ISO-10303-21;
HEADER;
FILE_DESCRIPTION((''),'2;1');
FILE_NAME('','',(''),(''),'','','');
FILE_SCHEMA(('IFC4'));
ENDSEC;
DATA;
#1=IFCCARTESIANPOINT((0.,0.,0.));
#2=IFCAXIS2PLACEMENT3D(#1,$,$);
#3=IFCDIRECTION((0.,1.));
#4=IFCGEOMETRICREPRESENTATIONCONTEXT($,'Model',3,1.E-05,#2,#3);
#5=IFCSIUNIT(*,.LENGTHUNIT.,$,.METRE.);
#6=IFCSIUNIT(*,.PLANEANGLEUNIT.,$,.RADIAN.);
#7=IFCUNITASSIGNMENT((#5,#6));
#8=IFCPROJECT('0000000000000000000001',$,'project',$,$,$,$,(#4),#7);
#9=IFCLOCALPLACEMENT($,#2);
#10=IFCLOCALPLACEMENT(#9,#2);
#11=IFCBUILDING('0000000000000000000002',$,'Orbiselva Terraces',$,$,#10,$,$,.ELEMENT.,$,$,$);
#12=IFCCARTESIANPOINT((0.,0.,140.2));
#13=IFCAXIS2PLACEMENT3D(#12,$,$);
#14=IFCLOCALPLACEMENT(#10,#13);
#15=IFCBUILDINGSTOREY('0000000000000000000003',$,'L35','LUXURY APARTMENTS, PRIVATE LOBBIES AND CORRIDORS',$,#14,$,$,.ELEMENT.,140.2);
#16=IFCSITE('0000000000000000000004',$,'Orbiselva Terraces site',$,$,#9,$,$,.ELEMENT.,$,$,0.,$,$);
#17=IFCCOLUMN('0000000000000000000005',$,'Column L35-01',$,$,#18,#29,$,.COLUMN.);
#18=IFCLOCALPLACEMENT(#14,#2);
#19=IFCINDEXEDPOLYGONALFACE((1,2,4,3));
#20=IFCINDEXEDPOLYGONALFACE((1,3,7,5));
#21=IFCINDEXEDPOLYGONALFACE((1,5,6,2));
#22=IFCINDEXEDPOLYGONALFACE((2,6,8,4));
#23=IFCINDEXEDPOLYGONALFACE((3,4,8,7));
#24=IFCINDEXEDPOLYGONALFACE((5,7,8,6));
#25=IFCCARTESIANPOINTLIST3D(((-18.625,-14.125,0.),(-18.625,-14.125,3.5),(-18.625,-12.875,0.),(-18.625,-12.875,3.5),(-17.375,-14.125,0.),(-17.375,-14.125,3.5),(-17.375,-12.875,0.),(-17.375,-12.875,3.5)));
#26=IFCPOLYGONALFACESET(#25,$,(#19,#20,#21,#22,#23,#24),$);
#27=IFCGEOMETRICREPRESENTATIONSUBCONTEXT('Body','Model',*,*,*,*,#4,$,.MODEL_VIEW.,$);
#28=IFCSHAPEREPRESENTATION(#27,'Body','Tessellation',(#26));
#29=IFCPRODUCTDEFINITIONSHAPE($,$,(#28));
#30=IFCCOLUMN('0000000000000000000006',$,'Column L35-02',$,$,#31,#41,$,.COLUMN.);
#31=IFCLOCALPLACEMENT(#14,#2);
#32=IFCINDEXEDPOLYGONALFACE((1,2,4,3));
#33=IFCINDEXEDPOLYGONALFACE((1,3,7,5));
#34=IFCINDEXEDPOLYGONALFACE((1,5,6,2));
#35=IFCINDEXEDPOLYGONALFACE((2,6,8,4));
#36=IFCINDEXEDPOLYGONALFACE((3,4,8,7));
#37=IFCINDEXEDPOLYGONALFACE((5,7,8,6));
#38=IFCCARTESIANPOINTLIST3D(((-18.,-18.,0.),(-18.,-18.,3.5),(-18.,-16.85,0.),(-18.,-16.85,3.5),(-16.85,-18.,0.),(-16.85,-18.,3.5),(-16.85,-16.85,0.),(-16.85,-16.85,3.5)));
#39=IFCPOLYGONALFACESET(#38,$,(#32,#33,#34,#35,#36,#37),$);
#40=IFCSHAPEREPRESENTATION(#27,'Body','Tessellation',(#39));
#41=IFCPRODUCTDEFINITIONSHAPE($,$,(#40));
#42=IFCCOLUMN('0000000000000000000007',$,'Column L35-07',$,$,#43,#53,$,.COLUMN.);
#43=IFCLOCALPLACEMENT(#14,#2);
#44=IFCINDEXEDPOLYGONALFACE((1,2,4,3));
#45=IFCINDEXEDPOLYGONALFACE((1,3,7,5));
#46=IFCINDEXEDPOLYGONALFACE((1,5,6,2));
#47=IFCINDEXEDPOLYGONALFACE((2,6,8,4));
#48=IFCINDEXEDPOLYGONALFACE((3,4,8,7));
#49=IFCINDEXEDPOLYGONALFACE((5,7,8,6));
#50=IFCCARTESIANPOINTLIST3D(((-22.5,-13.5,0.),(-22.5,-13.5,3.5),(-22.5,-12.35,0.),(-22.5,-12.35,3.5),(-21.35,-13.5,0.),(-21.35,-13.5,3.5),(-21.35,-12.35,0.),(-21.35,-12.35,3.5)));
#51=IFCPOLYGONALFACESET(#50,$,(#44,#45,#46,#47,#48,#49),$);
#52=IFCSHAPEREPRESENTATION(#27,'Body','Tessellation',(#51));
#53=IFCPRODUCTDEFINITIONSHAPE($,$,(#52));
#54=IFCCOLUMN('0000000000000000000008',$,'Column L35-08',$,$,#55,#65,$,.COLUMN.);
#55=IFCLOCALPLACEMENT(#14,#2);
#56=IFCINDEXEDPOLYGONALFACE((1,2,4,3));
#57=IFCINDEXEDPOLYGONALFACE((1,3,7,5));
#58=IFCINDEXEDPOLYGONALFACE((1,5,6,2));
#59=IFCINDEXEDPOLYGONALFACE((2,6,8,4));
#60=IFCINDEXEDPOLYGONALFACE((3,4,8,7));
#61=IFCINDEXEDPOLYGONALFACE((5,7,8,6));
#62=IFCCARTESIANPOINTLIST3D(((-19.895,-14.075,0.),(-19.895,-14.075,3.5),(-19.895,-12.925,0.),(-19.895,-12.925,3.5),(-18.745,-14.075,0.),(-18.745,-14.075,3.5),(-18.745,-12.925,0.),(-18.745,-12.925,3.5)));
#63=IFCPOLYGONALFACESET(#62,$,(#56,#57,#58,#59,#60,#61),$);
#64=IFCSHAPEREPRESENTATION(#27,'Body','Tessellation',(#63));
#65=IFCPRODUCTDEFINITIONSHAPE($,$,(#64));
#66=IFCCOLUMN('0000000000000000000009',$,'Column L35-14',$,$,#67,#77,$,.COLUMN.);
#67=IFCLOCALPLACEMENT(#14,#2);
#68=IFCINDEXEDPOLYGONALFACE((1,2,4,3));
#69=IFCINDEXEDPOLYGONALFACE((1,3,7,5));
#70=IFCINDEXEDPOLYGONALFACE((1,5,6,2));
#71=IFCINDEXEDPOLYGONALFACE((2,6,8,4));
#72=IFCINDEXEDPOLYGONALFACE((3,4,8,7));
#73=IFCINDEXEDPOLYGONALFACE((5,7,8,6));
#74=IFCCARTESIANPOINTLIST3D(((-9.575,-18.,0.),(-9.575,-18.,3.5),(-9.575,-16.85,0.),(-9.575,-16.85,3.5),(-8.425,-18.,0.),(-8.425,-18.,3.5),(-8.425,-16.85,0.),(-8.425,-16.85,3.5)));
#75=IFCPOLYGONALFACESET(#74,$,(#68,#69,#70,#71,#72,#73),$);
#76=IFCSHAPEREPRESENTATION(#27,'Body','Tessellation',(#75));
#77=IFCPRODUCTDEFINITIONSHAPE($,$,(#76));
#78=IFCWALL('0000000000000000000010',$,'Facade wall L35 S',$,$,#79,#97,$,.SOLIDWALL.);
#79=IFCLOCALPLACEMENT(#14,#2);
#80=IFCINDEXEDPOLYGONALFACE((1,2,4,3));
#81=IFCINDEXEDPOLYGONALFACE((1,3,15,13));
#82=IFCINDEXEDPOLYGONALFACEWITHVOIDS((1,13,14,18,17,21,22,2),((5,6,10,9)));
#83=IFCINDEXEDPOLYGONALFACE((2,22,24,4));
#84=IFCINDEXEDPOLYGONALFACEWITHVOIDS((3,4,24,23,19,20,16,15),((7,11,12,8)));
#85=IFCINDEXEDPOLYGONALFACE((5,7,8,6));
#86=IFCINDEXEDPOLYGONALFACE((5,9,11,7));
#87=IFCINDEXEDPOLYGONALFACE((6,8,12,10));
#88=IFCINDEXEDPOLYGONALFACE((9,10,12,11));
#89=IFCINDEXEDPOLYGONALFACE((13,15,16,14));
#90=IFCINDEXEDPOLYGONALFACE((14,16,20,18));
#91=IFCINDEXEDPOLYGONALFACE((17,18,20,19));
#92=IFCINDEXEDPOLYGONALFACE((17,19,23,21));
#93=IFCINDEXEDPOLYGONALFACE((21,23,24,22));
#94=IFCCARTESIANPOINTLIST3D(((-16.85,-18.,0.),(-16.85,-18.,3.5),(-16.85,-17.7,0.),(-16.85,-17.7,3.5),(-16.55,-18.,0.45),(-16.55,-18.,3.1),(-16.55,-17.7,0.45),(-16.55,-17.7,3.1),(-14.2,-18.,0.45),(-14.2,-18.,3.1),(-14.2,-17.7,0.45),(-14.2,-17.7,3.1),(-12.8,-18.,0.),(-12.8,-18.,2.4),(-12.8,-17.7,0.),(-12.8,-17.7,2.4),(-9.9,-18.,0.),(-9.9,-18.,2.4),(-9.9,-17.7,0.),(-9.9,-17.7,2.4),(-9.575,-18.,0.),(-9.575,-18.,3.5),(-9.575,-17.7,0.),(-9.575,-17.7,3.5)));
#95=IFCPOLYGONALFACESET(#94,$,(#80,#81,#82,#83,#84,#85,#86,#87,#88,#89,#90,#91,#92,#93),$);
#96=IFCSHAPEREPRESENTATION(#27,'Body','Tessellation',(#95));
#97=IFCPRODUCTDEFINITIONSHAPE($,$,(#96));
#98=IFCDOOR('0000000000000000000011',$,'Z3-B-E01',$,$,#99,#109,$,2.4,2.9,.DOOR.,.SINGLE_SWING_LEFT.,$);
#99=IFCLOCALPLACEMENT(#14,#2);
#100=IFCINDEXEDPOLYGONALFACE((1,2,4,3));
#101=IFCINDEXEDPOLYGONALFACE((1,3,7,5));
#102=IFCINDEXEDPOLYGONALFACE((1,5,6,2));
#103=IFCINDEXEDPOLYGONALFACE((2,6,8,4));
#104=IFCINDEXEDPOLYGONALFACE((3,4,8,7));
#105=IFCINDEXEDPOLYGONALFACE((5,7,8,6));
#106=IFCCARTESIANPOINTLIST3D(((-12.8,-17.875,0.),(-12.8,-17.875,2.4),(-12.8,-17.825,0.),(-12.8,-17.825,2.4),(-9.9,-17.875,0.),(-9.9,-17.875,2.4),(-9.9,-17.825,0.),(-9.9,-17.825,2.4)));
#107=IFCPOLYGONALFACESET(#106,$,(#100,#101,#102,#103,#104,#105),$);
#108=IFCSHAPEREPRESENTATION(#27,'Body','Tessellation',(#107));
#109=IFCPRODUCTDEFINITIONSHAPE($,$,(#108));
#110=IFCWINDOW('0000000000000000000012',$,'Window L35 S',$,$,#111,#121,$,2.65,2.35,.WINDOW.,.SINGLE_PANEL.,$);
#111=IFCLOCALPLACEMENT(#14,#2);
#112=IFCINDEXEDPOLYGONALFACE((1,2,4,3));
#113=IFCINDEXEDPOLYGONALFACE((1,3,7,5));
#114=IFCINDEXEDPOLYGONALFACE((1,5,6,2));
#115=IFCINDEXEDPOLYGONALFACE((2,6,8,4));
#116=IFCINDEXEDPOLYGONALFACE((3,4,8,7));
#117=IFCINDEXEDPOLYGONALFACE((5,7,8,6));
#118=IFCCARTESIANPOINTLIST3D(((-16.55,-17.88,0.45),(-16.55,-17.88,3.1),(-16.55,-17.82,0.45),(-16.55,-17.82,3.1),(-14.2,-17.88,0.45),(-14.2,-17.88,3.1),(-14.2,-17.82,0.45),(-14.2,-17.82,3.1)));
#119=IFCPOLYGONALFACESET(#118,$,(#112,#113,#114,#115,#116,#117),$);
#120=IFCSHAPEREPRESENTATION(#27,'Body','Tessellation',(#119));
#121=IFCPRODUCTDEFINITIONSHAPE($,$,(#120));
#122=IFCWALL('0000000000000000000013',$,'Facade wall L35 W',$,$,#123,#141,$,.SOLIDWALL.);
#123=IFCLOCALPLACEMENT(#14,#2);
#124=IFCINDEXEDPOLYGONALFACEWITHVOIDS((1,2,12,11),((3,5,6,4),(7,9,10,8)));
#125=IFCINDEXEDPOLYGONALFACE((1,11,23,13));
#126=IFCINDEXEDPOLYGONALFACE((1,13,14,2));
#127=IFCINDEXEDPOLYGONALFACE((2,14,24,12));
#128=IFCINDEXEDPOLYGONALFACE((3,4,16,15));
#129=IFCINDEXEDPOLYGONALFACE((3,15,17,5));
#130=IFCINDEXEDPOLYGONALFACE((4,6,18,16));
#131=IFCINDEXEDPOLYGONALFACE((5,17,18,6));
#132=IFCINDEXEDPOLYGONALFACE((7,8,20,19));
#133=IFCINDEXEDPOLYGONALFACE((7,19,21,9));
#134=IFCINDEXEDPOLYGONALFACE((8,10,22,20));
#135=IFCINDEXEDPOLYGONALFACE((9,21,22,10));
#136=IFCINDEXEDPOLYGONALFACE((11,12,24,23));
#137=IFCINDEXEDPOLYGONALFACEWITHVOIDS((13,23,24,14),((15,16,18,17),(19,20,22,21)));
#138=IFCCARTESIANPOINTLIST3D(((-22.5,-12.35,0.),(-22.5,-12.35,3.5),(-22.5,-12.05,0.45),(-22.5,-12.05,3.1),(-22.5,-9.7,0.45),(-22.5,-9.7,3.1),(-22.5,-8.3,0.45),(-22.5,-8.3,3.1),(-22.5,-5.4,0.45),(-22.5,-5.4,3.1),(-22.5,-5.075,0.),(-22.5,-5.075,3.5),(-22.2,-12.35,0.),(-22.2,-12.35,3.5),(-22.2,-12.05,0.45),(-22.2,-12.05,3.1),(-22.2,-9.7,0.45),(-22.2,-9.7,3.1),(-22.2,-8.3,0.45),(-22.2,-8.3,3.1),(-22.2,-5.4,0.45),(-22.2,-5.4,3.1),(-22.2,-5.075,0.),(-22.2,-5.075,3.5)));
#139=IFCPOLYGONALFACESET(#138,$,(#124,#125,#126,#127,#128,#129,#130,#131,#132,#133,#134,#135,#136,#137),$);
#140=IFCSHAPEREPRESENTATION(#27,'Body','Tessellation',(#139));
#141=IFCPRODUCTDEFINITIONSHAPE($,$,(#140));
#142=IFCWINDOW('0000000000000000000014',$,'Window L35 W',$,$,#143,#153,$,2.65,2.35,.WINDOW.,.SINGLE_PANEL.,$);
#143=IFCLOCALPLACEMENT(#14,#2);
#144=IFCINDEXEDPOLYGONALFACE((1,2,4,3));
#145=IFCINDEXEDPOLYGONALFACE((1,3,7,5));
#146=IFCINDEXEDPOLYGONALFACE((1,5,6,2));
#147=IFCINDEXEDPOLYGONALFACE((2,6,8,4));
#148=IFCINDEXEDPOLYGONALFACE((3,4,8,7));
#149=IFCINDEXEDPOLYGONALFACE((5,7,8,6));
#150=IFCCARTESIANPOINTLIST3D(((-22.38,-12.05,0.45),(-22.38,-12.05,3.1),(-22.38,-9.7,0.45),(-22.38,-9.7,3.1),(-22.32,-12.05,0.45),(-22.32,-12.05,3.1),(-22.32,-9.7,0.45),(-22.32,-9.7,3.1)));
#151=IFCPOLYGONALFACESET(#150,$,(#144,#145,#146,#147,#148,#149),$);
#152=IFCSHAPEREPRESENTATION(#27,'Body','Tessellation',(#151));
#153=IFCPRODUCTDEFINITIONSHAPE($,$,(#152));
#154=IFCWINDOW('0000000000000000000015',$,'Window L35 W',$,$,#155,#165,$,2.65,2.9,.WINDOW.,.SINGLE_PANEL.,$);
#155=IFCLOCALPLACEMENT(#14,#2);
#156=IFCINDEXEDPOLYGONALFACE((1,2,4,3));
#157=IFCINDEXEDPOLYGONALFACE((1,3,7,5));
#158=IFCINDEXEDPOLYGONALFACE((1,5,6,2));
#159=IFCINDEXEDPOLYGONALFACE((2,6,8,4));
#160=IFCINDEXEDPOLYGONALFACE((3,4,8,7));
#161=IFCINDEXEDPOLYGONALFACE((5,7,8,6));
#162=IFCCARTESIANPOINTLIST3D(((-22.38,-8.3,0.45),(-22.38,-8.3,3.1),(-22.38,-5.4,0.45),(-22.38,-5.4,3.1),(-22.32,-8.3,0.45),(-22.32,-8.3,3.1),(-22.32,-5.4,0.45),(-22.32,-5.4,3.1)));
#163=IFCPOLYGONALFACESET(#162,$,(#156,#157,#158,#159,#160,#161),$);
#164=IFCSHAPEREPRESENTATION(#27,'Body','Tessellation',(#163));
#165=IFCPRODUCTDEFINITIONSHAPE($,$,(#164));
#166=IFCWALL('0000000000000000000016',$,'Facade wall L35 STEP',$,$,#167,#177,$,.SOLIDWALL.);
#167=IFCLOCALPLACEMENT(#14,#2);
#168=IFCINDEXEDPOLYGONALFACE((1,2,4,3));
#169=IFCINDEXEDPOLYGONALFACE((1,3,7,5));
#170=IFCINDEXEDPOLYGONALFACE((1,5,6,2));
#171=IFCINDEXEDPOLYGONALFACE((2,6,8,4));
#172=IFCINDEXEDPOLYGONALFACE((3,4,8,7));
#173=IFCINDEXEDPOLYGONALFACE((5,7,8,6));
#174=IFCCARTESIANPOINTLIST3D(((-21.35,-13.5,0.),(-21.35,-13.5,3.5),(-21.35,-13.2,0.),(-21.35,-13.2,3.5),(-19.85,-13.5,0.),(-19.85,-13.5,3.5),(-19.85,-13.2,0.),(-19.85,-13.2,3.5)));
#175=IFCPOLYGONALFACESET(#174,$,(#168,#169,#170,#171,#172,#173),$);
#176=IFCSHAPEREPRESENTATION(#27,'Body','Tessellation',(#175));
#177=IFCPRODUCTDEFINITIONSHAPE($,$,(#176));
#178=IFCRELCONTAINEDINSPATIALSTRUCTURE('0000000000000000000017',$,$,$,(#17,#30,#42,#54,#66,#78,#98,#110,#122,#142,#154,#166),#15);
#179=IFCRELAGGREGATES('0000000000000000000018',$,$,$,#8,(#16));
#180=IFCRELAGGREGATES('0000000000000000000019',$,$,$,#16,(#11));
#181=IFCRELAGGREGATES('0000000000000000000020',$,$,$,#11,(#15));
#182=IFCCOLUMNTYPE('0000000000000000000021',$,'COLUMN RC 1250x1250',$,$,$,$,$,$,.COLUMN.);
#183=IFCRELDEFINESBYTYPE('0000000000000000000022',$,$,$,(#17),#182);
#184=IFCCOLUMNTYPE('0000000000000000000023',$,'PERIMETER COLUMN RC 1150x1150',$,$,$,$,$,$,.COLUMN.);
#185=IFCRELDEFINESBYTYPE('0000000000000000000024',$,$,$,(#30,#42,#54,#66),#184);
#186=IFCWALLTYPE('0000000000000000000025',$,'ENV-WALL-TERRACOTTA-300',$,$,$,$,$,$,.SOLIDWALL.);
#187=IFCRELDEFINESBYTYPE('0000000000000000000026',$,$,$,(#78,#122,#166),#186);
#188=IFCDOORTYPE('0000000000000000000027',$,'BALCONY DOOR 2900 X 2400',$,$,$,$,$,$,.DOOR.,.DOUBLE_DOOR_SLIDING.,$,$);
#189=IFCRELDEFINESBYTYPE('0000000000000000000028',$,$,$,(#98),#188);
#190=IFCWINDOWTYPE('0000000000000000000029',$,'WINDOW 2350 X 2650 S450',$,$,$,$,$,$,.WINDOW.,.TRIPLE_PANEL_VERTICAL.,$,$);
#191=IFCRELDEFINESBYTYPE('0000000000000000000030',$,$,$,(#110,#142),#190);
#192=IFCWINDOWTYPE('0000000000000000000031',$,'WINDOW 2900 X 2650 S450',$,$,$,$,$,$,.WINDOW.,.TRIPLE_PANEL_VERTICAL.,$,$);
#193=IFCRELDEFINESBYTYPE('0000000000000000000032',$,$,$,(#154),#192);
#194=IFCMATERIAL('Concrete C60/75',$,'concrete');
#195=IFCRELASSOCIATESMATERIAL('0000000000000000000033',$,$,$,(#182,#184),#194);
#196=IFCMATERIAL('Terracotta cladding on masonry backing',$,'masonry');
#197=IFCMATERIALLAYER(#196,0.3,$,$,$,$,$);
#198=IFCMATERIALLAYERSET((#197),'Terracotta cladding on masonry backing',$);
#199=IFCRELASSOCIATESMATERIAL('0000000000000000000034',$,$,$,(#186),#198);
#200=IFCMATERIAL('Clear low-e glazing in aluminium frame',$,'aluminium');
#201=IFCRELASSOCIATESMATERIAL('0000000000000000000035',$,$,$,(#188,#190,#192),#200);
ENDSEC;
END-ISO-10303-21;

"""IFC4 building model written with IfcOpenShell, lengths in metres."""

from ifc_helpers import new_model, si_unit, direction, frame, frame_2d, origin, origin_2d, place, context, subcontext, project, spatial, rectangle, extrude, material, layer, layer_set, material_profile, profile_set, type_object, element, fill, save


model = new_model("IFC4")

# Units and contexts
model_context = context("Model", 3, precision=1e-05, world=origin(), true_north=direction((0.0, 1.0)))
body_context = subcontext(model_context, "Body", "Model", "MODEL_VIEW")
ifc_project = project(units=[si_unit("LENGTHUNIT", "METRE"), si_unit("PLANEANGLEUNIT", "RADIAN")], contexts=[model_context])

# Site, building, storey
site_placement = place(None, origin())
site = spatial("IfcSite", under=ifc_project, at=site_placement, Name="Orbiselva Terraces site", CompositionType="ELEMENT", RefElevation=0.0)
building_placement = place(site_placement, origin())
building = spatial("IfcBuilding", under=site, at=building_placement, Name="Orbiselva Terraces", CompositionType="ELEMENT")
storey_placement = place(building_placement, frame((0.0, 0.0, 140.2)))
storey = spatial("IfcBuildingStorey", under=building, at=storey_placement, Name="L35", Description="LUXURY APARTMENTS, PRIVATE LOBBIES AND CORRIDORS", CompositionType="ELEMENT", Elevation=140.2)

# Columns
ifc_material_1 = material(Name="Concrete C60/75", Category="concrete")
ifc_material_profile_1 = material_profile(ifc_material_1, rectangle(XDim=1.25, YDim=1.25, at=origin_2d()), Name="RC 1250x1250")
ifc_profile_set_1 = profile_set([ifc_material_profile_1], Name="Concrete C60/75")
column_type_1 = type_object("IfcColumnType", Name="COLUMN RC 1250x1250", PredefinedType="COLUMN", material=ifc_profile_set_1)
column_placement = place(storey_placement, frame((-18.0, -13.5, 0.0), z_axis=(0.0, 0.0, 1.0), x_axis=(1.0, 0.0, 0.0)))
element("IfcColumn", 1, at=column_placement, inside=storey, type_object=column_type_1, Name="Column L35-01", PredefinedType="COLUMN", context=body_context, shape_type="SweptSolid", body=[
    extrude(rectangle(XDim=1.25, YDim=1.25, at=origin_2d()), origin(), (0.0, 0.0, 1.0), 3.5),
])
ifc_material_profile_2 = material_profile(ifc_material_1, rectangle(XDim=1.15, YDim=1.15, at=origin_2d()), Name="RC 1150x1150")
ifc_profile_set_2 = profile_set([ifc_material_profile_2], Name="Concrete C60/75")
column_type_2 = type_object("IfcColumnType", Name="PERIMETER COLUMN RC 1150x1150", PredefinedType="COLUMN", material=ifc_profile_set_2)
for number, where, z_axis, x_axis, name in (
    (2, (-17.425, -17.425, 0.0), (0.0, 0.0, 1.0), (1.0, 0.0, 0.0), "Column L35-02"),
    (3, (-21.925, -12.925, 0.0), (0.0, 0.0, 1.0), (1.0, 0.0, 0.0), "Column L35-07"),
    (4, (-19.32, -13.5, 0.0), (0.0, 0.0, 1.0), (1.0, 0.0, 0.0), "Column L35-08"),
    (5, (-9.0, -17.425, 0.0), (0.0, 0.0, 1.0), (1.0, 0.0, 0.0), "Column L35-14"),
):
    element("IfcColumn", number, at=place(storey_placement, frame(where, z_axis=z_axis, x_axis=x_axis)), inside=storey, type_object=column_type_2, Name=name, PredefinedType="COLUMN", context=body_context, shape_type="SweptSolid", body=[
        extrude(rectangle(XDim=1.15, YDim=1.15, at=origin_2d()), origin(), (0.0, 0.0, 1.0), 3.5),
    ])

# Wall, openings, door, window
ifc_material_2 = material(Name="Terracotta cladding on masonry backing", Category="masonry")
ifc_layer_1 = layer(ifc_material_2, 0.3)
ifc_layer_set_1 = layer_set([ifc_layer_1], Name="Terracotta cladding on masonry backing")
wall_type_1 = type_object("IfcWallType", Name="ENV-WALL-TERRACOTTA-300", PredefinedType="SOLIDWALL", material=ifc_layer_set_1)
wall_1_placement = place(storey_placement, frame((-9.575, -17.85, 0.0), z_axis=(0.0, 0.0, 1.0), x_axis=(-1.0, 0.0, 0.0)))
wall_1 = element("IfcWall", 6, at=wall_1_placement, inside=storey, type_object=wall_type_1, Name="Facade wall L35 S", PredefinedType="SOLIDWALL", context=body_context, shape_type="SweptSolid", body=[
    extrude(rectangle(XDim=7.275, YDim=0.3, at=frame_2d((3.6375, 0.0))), origin(), (0.0, 0.0, 1.0), 3.5),
])
opening_1_placement = place(wall_1_placement, frame((4.625, 0.0, 0.45)))
opening_1 = element("IfcOpeningElement", 7, at=opening_1_placement, cuts=wall_1, PredefinedType="OPENING", context=body_context, shape_type="SweptSolid", body=[
    extrude(rectangle(XDim=2.35, YDim=2.65, at=frame_2d((1.175, 1.325))), frame((0.0, 0.16, 0.0), z_axis=(0.0, -1.0, 0.0), x_axis=(1.0, 0.0, 0.0)), (0.0, 0.0, 1.0), 0.32),
])
opening_2_placement = place(wall_1_placement, frame((0.325, 0.0, 0.0)))
opening_2 = element("IfcOpeningElement", 8, at=opening_2_placement, cuts=wall_1, PredefinedType="OPENING", context=body_context, shape_type="SweptSolid", body=[
    extrude(rectangle(XDim=2.9, YDim=2.4, at=frame_2d((1.45, 1.2))), frame((0.0, 0.16, 0.0), z_axis=(0.0, -1.0, 0.0), x_axis=(1.0, 0.0, 0.0)), (0.0, 0.0, 1.0), 0.32),
])
ifc_material_3 = material(Name="Clear low-e glazing in aluminium frame", Category="aluminium")
door_type = type_object("IfcDoorType", Name="BALCONY DOOR 2900 X 2400", OperationType="DOUBLE_DOOR_SLIDING", PredefinedType="DOOR", material=ifc_material_3)
door_placement = place(opening_2_placement, origin())
door = element("IfcDoor", 9, at=door_placement, inside=storey, type_object=door_type, Name="Z3-B-E01", OperationType="SINGLE_SWING_LEFT", OverallHeight=2.4, OverallWidth=2.9, PredefinedType="DOOR", context=body_context, shape_type="SweptSolid", body=[
    extrude(rectangle(XDim=2.9, YDim=2.4, at=frame_2d((1.45, 1.2))), frame((0.0, 0.025, 0.0), z_axis=(0.0, -1.0, 0.0), x_axis=(1.0, 0.0, 0.0)), (0.0, 0.0, 1.0), 0.05),
])
fill(opening_2, door)
window_type_1 = type_object("IfcWindowType", Name="WINDOW 2350 X 2650 S450", PartitioningType="TRIPLE_PANEL_VERTICAL", PredefinedType="WINDOW", material=ifc_material_3)
window_1_placement = place(opening_1_placement, origin())
window_1 = element("IfcWindow", 10, at=window_1_placement, inside=storey, type_object=window_type_1, Name="Window L35 S", OverallHeight=2.65, OverallWidth=2.35, PartitioningType="SINGLE_PANEL", PredefinedType="WINDOW", context=body_context, shape_type="SweptSolid", body=[
    extrude(rectangle(XDim=2.35, YDim=2.65, at=frame_2d((1.175, 1.325))), frame((0.0, 0.03, 0.0), z_axis=(0.0, -1.0, 0.0), x_axis=(1.0, 0.0, 0.0)), (0.0, 0.0, 1.0), 0.06),
])
fill(opening_1, window_1)

# Wall, openings, windows
wall_2_placement = place(storey_placement, frame((-22.35, -12.35, 0.0), z_axis=(0.0, 0.0, 1.0), x_axis=(0.0, 1.0, 0.0)))
wall_2 = element("IfcWall", 11, at=wall_2_placement, inside=storey, type_object=wall_type_1, Name="Facade wall L35 W", PredefinedType="SOLIDWALL", context=body_context, shape_type="SweptSolid", body=[
    extrude(rectangle(XDim=7.275, YDim=0.3, at=frame_2d((3.6375, 0.0))), origin(), (0.0, 0.0, 1.0), 3.5),
])
opening_3_placement = place(wall_2_placement, frame((4.05, 0.0, 0.45)))
opening_3 = element("IfcOpeningElement", 12, at=opening_3_placement, cuts=wall_2, PredefinedType="OPENING", context=body_context, shape_type="SweptSolid", body=[
    extrude(rectangle(XDim=2.9, YDim=2.65, at=frame_2d((1.45, 1.325))), frame((0.0, 0.16, 0.0), z_axis=(0.0, -1.0, 0.0), x_axis=(1.0, 0.0, 0.0)), (0.0, 0.0, 1.0), 0.32),
])
opening_4_placement = place(wall_2_placement, frame((0.3, 0.0, 0.45)))
opening_4 = element("IfcOpeningElement", 13, at=opening_4_placement, cuts=wall_2, PredefinedType="OPENING", context=body_context, shape_type="SweptSolid", body=[
    extrude(rectangle(XDim=2.35, YDim=2.65, at=frame_2d((1.175, 1.325))), frame((0.0, 0.16, 0.0), z_axis=(0.0, -1.0, 0.0), x_axis=(1.0, 0.0, 0.0)), (0.0, 0.0, 1.0), 0.32),
])
window_2_placement = place(opening_4_placement, origin())
window_2 = element("IfcWindow", 14, at=window_2_placement, inside=storey, type_object=window_type_1, Name="Window L35 W", OverallHeight=2.65, OverallWidth=2.35, PartitioningType="SINGLE_PANEL", PredefinedType="WINDOW", context=body_context, shape_type="SweptSolid", body=[
    extrude(rectangle(XDim=2.35, YDim=2.65, at=frame_2d((1.175, 1.325))), frame((0.0, 0.03, 0.0), z_axis=(0.0, -1.0, 0.0), x_axis=(1.0, 0.0, 0.0)), (0.0, 0.0, 1.0), 0.06),
])
fill(opening_4, window_2)
window_type_2 = type_object("IfcWindowType", Name="WINDOW 2900 X 2650 S450", PartitioningType="TRIPLE_PANEL_VERTICAL", PredefinedType="WINDOW", material=ifc_material_3)
window_3_placement = place(opening_3_placement, origin())
window_3 = element("IfcWindow", 15, at=window_3_placement, inside=storey, type_object=window_type_2, Name="Window L35 W", OverallHeight=2.65, OverallWidth=2.9, PartitioningType="SINGLE_PANEL", PredefinedType="WINDOW", context=body_context, shape_type="SweptSolid", body=[
    extrude(rectangle(XDim=2.9, YDim=2.65, at=frame_2d((1.45, 1.325))), frame((0.0, 0.03, 0.0), z_axis=(0.0, -1.0, 0.0), x_axis=(1.0, 0.0, 0.0)), (0.0, 0.0, 1.0), 0.06),
])
fill(opening_3, window_3)

# Wall
wall_3_placement = place(storey_placement, frame((-19.85, -13.35, 0.0), z_axis=(0.0, 0.0, 1.0), x_axis=(-1.0, 0.0, 0.0)))
element("IfcWall", 16, at=wall_3_placement, inside=storey, type_object=wall_type_1, Name="Facade wall L35 STEP", PredefinedType="SOLIDWALL", context=body_context, shape_type="SweptSolid", body=[
    extrude(rectangle(XDim=1.5, YDim=0.3, at=frame_2d((0.75, 0.0))), origin(), (0.0, 0.0, 1.0), 3.5),
])

save(model, "model.ifc")
